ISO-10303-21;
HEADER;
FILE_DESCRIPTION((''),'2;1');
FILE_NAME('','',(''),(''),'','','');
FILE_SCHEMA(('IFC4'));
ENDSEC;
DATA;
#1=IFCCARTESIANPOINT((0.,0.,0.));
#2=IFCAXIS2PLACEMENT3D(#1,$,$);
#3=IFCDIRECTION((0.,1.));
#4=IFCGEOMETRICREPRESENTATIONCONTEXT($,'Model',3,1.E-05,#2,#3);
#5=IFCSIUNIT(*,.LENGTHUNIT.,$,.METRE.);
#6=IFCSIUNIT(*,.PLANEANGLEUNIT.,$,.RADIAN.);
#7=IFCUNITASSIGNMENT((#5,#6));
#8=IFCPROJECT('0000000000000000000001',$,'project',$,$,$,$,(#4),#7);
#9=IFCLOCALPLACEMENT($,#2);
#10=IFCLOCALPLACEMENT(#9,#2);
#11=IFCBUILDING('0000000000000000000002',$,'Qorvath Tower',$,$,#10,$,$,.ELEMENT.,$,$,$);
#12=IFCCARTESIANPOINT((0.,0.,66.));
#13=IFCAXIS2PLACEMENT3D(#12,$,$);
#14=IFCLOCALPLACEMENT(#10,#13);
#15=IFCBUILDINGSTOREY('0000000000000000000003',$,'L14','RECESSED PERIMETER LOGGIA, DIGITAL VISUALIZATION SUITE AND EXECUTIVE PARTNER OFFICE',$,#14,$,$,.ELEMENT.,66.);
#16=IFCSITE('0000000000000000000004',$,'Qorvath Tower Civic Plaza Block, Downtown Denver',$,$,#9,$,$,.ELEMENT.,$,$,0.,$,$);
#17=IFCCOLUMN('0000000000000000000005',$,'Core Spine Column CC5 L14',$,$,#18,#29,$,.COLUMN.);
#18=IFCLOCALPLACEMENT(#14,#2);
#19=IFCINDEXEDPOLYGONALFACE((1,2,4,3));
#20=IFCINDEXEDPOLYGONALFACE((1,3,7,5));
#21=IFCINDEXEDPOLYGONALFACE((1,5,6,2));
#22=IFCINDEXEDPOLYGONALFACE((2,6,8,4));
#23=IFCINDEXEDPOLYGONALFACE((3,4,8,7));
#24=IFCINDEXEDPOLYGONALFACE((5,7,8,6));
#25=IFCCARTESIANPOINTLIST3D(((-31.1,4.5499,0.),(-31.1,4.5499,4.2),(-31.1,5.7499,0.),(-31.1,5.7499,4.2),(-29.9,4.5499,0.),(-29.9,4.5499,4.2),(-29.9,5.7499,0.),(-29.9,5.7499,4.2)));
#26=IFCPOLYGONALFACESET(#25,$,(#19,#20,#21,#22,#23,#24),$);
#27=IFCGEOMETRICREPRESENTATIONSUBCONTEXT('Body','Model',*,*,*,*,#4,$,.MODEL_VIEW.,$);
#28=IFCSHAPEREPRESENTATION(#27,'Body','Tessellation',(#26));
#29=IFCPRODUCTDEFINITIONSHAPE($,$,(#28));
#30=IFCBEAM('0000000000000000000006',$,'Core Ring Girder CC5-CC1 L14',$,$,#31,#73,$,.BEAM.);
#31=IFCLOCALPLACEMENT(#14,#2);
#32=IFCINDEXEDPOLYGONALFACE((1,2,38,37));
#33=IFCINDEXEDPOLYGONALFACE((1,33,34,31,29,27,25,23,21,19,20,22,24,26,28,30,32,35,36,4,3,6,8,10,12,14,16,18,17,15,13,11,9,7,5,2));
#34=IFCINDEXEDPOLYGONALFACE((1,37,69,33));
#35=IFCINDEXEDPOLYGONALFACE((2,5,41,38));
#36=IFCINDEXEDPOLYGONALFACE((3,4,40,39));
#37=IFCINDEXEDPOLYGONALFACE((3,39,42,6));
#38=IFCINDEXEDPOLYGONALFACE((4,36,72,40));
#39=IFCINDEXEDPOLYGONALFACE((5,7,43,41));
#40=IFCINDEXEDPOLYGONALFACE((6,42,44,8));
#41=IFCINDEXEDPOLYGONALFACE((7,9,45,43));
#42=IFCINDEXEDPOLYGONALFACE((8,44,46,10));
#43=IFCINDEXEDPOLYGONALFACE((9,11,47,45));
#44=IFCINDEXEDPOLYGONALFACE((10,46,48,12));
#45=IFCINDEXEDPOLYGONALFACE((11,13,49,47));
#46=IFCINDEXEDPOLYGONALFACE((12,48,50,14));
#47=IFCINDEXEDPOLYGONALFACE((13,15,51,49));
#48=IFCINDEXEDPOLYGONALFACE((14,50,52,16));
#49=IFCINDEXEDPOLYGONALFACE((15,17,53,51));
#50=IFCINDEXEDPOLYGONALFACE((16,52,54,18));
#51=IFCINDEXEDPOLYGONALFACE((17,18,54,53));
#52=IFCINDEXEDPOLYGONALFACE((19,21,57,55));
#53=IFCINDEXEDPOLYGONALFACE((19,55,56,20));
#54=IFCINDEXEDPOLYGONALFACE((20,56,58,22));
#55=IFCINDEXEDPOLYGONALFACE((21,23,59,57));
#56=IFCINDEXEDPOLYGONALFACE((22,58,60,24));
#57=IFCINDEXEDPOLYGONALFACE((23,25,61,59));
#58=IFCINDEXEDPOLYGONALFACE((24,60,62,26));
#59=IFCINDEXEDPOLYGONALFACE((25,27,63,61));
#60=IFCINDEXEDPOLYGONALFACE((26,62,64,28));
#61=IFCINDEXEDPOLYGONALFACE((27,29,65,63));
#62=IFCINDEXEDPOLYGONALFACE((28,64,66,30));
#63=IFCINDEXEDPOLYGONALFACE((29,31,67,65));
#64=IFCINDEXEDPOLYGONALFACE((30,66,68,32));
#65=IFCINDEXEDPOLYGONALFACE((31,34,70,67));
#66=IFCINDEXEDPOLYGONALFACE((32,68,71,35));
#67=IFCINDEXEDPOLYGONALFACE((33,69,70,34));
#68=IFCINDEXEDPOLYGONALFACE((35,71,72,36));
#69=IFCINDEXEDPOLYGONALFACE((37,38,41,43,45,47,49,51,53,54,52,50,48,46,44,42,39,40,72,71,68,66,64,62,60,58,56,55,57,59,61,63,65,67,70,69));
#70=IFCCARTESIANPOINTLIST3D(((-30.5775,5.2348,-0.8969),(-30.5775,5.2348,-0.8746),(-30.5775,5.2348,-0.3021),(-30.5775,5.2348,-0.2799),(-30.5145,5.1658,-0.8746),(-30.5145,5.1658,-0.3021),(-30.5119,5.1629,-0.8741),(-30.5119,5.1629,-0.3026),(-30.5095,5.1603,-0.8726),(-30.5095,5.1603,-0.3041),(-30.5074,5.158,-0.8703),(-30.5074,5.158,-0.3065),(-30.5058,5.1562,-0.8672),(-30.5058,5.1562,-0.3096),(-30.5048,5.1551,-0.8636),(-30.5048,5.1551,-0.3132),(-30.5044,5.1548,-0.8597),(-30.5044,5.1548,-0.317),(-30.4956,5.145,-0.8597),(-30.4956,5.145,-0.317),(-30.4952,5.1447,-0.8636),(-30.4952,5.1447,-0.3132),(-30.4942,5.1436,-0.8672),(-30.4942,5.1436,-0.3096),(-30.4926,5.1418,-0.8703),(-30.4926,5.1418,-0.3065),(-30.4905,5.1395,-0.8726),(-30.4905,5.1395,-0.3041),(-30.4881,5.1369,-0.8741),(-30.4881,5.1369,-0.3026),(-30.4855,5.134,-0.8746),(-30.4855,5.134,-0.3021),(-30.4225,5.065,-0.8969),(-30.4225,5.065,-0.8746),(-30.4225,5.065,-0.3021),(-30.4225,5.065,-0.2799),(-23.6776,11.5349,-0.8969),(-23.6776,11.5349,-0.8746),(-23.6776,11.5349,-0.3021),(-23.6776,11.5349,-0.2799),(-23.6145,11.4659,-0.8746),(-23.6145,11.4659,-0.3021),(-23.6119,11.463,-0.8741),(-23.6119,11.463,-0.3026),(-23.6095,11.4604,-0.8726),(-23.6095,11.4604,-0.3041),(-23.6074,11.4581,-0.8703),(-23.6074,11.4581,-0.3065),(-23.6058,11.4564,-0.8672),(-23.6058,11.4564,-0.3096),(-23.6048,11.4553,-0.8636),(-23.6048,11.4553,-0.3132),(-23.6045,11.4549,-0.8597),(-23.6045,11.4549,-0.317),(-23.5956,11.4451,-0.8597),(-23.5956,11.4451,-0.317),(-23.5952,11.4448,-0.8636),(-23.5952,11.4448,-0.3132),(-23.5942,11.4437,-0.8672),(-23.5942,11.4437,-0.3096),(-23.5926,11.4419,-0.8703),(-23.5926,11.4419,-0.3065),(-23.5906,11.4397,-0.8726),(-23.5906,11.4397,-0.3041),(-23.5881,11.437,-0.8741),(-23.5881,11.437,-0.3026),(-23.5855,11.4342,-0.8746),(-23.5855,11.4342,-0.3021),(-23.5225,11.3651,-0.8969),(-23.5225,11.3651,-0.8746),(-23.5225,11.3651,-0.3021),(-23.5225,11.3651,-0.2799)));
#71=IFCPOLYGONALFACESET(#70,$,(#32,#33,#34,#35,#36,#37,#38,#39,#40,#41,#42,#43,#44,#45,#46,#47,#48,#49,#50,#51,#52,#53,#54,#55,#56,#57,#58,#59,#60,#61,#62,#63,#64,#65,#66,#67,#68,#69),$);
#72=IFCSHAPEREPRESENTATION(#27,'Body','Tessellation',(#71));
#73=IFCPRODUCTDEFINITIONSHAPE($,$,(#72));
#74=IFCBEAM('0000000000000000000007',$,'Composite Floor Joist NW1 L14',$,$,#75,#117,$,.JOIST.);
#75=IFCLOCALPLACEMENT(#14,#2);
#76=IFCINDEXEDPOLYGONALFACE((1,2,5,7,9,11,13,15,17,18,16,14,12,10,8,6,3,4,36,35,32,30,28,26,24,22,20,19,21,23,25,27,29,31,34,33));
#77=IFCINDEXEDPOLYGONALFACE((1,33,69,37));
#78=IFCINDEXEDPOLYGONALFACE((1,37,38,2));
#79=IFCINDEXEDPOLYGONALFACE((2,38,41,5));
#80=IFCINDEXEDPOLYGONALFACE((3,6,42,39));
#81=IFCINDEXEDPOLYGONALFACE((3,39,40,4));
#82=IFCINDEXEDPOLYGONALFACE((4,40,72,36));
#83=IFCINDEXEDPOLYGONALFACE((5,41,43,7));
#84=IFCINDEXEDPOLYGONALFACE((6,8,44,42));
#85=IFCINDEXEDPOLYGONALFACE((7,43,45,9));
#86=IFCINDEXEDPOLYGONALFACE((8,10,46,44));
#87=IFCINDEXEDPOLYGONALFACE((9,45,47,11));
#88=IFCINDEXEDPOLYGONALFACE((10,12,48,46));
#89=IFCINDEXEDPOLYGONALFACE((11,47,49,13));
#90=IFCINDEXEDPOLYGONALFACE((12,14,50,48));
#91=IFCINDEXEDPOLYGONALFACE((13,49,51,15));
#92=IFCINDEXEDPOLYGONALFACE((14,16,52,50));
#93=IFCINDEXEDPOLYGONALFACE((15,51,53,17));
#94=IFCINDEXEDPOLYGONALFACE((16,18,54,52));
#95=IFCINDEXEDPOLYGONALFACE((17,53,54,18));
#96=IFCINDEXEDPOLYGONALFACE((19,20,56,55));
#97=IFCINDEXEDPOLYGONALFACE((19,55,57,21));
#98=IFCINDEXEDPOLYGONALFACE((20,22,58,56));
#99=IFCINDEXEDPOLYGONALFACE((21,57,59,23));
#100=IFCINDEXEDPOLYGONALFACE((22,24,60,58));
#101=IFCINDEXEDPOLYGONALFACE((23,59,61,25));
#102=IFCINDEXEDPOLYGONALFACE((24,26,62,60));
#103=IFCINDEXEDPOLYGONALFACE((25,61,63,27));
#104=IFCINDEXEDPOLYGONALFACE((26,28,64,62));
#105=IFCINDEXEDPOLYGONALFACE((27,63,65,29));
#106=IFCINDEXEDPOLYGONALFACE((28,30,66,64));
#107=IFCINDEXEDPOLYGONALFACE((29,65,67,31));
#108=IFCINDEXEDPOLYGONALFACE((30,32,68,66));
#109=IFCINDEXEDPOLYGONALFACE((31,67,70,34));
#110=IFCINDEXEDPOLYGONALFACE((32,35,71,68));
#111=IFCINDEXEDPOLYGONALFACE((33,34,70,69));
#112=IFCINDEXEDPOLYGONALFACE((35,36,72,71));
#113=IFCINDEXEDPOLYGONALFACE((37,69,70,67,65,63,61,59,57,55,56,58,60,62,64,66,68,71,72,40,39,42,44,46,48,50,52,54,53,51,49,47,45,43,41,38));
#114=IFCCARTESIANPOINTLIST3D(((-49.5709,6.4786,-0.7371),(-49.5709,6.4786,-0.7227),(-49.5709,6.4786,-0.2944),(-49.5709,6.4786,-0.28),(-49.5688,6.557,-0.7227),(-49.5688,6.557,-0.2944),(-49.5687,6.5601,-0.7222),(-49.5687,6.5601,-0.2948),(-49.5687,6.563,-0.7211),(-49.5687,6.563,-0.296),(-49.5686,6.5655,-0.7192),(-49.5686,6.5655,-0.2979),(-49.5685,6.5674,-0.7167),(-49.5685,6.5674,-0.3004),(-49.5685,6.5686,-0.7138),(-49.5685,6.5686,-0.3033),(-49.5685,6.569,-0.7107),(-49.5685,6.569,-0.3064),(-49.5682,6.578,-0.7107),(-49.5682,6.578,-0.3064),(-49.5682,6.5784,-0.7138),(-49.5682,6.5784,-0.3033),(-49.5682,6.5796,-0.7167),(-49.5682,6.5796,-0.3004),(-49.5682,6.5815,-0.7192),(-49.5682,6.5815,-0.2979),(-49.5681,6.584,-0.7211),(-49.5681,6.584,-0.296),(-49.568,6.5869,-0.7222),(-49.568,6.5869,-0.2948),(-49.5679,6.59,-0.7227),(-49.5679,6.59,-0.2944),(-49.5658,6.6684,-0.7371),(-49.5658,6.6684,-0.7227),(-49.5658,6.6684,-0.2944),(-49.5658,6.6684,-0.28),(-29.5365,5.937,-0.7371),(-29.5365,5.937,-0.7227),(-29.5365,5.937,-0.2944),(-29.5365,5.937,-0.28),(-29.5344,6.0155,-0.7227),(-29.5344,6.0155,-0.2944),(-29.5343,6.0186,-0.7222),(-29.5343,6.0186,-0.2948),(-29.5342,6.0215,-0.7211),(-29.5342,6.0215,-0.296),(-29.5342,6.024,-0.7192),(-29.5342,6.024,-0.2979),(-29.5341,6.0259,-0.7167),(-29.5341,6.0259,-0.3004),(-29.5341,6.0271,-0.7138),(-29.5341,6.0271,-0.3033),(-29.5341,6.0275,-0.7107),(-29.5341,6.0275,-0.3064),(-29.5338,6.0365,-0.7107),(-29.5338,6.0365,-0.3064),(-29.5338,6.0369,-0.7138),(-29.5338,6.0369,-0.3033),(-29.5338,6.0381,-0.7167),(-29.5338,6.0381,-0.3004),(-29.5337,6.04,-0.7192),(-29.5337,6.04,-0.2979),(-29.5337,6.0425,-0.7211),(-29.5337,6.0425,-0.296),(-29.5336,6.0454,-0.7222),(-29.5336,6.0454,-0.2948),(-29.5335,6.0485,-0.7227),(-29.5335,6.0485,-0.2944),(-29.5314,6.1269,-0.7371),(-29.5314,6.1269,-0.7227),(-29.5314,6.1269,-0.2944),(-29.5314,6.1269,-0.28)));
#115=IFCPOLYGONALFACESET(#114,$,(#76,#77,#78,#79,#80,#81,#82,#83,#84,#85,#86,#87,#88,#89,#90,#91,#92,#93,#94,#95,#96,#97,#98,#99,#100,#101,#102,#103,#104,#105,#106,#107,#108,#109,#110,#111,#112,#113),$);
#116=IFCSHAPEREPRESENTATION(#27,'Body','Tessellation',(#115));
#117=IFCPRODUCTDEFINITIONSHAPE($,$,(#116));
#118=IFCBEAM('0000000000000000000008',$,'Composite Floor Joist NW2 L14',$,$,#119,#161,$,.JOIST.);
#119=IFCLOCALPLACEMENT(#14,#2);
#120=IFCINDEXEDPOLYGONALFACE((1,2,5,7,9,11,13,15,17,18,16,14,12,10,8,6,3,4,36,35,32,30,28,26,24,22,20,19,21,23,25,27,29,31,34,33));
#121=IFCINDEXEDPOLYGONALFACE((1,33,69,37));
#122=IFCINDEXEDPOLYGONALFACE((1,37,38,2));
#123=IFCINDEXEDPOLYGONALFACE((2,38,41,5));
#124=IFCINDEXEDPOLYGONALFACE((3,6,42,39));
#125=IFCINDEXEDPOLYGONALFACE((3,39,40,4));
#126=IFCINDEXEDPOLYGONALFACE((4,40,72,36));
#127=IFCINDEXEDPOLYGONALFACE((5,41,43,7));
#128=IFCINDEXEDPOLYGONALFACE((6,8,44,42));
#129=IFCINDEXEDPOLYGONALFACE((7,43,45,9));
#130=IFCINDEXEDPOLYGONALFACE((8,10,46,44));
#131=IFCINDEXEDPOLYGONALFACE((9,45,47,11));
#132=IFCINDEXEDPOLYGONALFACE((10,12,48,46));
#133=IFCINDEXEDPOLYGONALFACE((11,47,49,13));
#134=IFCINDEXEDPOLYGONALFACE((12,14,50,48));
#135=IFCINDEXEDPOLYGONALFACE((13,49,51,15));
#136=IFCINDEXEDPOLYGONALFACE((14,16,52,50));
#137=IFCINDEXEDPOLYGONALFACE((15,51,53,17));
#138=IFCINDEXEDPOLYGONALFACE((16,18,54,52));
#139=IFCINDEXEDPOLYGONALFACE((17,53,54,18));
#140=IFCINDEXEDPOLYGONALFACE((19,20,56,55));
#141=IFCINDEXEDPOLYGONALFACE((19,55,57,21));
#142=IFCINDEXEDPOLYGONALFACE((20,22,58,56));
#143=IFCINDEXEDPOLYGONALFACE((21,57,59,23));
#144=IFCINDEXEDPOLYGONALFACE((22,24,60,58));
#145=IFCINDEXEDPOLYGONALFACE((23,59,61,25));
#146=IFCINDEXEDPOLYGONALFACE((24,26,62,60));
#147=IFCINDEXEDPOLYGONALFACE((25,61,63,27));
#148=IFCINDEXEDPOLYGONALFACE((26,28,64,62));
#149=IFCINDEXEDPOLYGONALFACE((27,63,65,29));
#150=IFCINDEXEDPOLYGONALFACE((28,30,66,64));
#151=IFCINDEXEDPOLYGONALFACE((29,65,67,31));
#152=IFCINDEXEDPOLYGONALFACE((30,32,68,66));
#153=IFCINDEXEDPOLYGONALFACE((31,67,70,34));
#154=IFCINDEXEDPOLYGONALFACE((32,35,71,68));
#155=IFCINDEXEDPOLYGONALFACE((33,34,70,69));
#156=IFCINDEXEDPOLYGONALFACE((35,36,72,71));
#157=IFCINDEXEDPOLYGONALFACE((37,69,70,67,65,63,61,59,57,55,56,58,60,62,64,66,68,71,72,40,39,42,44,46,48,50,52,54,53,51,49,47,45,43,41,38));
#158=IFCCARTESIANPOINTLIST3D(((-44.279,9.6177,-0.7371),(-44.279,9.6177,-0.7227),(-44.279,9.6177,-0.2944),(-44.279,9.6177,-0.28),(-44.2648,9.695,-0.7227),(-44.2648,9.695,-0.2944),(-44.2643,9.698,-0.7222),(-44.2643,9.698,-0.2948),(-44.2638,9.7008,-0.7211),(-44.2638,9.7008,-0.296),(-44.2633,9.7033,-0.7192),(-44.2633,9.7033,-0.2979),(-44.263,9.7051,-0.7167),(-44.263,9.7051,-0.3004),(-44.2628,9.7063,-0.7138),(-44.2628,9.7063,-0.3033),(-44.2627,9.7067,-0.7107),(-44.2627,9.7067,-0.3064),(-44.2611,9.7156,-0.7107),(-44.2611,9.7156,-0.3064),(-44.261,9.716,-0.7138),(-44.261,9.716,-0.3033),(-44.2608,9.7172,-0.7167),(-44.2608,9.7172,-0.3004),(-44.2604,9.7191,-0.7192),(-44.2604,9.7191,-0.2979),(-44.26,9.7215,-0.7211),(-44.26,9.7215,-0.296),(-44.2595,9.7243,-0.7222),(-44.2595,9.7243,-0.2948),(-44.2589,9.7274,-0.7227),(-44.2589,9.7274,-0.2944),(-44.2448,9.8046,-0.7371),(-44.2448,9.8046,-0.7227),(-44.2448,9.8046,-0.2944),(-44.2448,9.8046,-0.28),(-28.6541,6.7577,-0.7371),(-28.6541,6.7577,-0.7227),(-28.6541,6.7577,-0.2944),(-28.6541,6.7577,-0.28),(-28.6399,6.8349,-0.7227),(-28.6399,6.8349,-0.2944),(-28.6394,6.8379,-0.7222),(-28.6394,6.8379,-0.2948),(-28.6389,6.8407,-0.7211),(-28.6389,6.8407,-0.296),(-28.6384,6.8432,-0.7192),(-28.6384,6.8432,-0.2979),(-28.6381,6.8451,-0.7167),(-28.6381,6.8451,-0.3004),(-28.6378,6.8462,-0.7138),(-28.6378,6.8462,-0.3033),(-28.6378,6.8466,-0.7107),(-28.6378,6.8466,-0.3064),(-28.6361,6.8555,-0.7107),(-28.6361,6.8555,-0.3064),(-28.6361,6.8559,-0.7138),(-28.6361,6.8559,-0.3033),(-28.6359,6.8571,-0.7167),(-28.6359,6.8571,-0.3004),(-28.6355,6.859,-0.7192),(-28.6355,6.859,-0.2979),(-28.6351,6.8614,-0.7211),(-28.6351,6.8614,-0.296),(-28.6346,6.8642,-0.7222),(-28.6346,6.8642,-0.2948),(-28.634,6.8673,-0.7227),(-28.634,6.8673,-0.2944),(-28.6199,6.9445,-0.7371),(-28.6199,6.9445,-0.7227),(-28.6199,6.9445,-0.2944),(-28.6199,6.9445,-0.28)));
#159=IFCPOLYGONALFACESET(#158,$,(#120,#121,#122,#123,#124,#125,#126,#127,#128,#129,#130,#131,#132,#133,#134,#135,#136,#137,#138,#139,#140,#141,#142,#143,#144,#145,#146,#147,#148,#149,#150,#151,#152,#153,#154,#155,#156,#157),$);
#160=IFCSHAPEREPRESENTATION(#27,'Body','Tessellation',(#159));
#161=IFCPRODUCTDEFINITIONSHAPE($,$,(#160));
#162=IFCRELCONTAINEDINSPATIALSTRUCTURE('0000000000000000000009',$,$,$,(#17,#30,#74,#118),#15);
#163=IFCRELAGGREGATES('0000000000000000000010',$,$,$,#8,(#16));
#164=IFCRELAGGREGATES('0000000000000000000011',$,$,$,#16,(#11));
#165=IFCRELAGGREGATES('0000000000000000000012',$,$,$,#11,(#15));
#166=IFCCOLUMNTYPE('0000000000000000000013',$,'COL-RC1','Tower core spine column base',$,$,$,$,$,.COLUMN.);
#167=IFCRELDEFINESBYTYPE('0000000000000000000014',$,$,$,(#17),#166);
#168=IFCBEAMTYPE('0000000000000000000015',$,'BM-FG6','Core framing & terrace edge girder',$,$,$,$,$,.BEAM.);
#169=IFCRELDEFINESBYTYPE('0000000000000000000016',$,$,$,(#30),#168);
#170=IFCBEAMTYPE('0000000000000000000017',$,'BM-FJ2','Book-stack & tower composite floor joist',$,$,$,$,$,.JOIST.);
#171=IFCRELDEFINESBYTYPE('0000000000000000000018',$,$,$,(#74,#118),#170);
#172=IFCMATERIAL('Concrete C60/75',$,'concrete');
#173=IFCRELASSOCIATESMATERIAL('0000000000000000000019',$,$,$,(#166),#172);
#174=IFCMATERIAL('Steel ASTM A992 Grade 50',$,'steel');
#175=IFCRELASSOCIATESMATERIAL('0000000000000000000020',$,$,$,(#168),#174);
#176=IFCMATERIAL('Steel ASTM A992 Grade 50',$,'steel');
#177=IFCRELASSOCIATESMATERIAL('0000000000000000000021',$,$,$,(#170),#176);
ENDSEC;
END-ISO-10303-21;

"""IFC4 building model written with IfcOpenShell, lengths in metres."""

from ifc_helpers import new_model, si_unit, direction, frame, origin, origin_2d, place, context, subcontext, project, spatial, rectangle, i_section, extrude, material, material_profile, profile_set, type_object, element, save


model = new_model("IFC4")

# Units and contexts
model_context = context("Model", 3, precision=1e-05, world=origin(), true_north=direction((0.0, 1.0)))
body_context = subcontext(model_context, "Body", "Model", "MODEL_VIEW")
ifc_project = project(units=[si_unit("LENGTHUNIT", "METRE"), si_unit("PLANEANGLEUNIT", "RADIAN")], contexts=[model_context])

# Site, building, storey
site_placement = place(None, origin())
site = spatial("IfcSite", under=ifc_project, at=site_placement, Name="Qorvath Tower Civic Plaza Block, Downtown Denver", CompositionType="ELEMENT", RefElevation=0.0)
building_placement = place(site_placement, origin())
building = spatial("IfcBuilding", under=site, at=building_placement, Name="Qorvath Tower", CompositionType="ELEMENT")
storey_placement = place(building_placement, frame((0.0, 0.0, 66.0)))
storey = spatial("IfcBuildingStorey", under=building, at=storey_placement, Name="L14", Description="RECESSED PERIMETER LOGGIA, DIGITAL VISUALIZATION SUITE AND EXECUTIVE PARTNER OFFICE", CompositionType="ELEMENT", Elevation=66.0)

# Column
ifc_material_1 = material(Name="Concrete C60/75", Category="concrete")
ifc_material_profile_1 = material_profile(ifc_material_1, rectangle(XDim=1.2, YDim=1.2, at=origin_2d()), Name="RC 1200x1200")
ifc_profile_set_1 = profile_set([ifc_material_profile_1], Name="Concrete C60/75")
column_type = type_object("IfcColumnType", Name="COL-RC1", Description="Tower core spine column base", PredefinedType="COLUMN", material=ifc_profile_set_1)
column_placement = place(storey_placement, frame((-30.5, 5.1499, 0.0), z_axis=(0.0, 0.0, 1.0), x_axis=(1.0, 0.0, 0.0)))
element("IfcColumn", 1, at=column_placement, inside=storey, type_object=column_type, Name="Core Spine Column CC5 L14", PredefinedType="COLUMN", context=body_context, shape_type="SweptSolid", body=[
    extrude(rectangle(XDim=1.2, YDim=1.2, at=origin_2d()), origin(), (0.0, 0.0, 1.0), 4.2),
])

# Beams
ifc_material_2 = material(Name="Steel ASTM A992 Grade 50", Category="steel")
ifc_material_profile_2 = material_profile(ifc_material_2, i_section(OverallWidth=0.23, OverallDepth=0.6169, WebThickness=0.0132, FlangeThickness=0.0222, FilletRadius=0.0149, at=origin_2d()), Name="W24x94")
ifc_profile_set_2 = profile_set([ifc_material_profile_2], Name="Steel ASTM A992 Grade 50")
beam_type_1 = type_object("IfcBeamType", Name="BM-FG6", Description="Core framing & terrace edge girder", PredefinedType="BEAM", material=ifc_profile_set_2)
beam_1_placement = place(storey_placement, frame((-30.5, 5.1499, -0.5884), z_axis=(0.738478, 0.674277, 0.0), x_axis=(-0.674277, 0.738478, 0.0)))
element("IfcBeam", 2, at=beam_1_placement, inside=storey, type_object=beam_type_1, Name="Core Ring Girder CC5-CC1 L14", PredefinedType="BEAM", context=body_context, shape_type="SweptSolid", body=[
    extrude(i_section(OverallWidth=0.23, OverallDepth=0.6169, WebThickness=0.0132, FlangeThickness=0.0222, FilletRadius=0.0149, at=origin_2d()), origin(), (0.0, 0.0, 1.0), 9.3435),
])
ifc_material_3 = material(Name="Steel ASTM A992 Grade 50", Category="steel")
ifc_material_profile_3 = material_profile(ifc_material_3, i_section(OverallWidth=0.1899, OverallDepth=0.457, WebThickness=0.009, FlangeThickness=0.0144, FilletRadius=0.012, at=origin_2d()), Name="W18x50")
ifc_profile_set_3 = profile_set([ifc_material_profile_3], Name="Steel ASTM A992 Grade 50")
beam_type_2 = type_object("IfcBeamType", Name="BM-FJ2", Description="Book-stack & tower composite floor joist", PredefinedType="JOIST", material=ifc_profile_set_3)
beam_2_placement = place(storey_placement, frame((-29.5339, 6.032, -0.5085), z_axis=(-0.999635, 0.027019, 0.0), x_axis=(-0.027019, -0.999635, 0.0)))
element("IfcBeam", 3, at=beam_2_placement, inside=storey, type_object=beam_type_2, Name="Composite Floor Joist NW1 L14", PredefinedType="JOIST", context=body_context, shape_type="SweptSolid", body=[
    extrude(i_section(OverallWidth=0.1899, OverallDepth=0.457, WebThickness=0.009, FlangeThickness=0.0144, FilletRadius=0.012, at=origin_2d()), origin(), (0.0, 0.0, 1.0), 20.0417),
])
beam_3_placement = place(storey_placement, frame((-28.637, 6.8511, -0.5085), z_axis=(-0.983656, 0.180055, 0.0), x_axis=(-0.180055, -0.983656, 0.0)))
element("IfcBeam", 4, at=beam_3_placement, inside=storey, type_object=beam_type_2, Name="Composite Floor Joist NW2 L14", PredefinedType="JOIST", context=body_context, shape_type="SweptSolid", body=[
    extrude(i_section(OverallWidth=0.1899, OverallDepth=0.457, WebThickness=0.009, FlangeThickness=0.0144, FilletRadius=0.012, at=origin_2d()), origin(), (0.0, 0.0, 1.0), 15.8845),
])

save(model, "model.ifc")
